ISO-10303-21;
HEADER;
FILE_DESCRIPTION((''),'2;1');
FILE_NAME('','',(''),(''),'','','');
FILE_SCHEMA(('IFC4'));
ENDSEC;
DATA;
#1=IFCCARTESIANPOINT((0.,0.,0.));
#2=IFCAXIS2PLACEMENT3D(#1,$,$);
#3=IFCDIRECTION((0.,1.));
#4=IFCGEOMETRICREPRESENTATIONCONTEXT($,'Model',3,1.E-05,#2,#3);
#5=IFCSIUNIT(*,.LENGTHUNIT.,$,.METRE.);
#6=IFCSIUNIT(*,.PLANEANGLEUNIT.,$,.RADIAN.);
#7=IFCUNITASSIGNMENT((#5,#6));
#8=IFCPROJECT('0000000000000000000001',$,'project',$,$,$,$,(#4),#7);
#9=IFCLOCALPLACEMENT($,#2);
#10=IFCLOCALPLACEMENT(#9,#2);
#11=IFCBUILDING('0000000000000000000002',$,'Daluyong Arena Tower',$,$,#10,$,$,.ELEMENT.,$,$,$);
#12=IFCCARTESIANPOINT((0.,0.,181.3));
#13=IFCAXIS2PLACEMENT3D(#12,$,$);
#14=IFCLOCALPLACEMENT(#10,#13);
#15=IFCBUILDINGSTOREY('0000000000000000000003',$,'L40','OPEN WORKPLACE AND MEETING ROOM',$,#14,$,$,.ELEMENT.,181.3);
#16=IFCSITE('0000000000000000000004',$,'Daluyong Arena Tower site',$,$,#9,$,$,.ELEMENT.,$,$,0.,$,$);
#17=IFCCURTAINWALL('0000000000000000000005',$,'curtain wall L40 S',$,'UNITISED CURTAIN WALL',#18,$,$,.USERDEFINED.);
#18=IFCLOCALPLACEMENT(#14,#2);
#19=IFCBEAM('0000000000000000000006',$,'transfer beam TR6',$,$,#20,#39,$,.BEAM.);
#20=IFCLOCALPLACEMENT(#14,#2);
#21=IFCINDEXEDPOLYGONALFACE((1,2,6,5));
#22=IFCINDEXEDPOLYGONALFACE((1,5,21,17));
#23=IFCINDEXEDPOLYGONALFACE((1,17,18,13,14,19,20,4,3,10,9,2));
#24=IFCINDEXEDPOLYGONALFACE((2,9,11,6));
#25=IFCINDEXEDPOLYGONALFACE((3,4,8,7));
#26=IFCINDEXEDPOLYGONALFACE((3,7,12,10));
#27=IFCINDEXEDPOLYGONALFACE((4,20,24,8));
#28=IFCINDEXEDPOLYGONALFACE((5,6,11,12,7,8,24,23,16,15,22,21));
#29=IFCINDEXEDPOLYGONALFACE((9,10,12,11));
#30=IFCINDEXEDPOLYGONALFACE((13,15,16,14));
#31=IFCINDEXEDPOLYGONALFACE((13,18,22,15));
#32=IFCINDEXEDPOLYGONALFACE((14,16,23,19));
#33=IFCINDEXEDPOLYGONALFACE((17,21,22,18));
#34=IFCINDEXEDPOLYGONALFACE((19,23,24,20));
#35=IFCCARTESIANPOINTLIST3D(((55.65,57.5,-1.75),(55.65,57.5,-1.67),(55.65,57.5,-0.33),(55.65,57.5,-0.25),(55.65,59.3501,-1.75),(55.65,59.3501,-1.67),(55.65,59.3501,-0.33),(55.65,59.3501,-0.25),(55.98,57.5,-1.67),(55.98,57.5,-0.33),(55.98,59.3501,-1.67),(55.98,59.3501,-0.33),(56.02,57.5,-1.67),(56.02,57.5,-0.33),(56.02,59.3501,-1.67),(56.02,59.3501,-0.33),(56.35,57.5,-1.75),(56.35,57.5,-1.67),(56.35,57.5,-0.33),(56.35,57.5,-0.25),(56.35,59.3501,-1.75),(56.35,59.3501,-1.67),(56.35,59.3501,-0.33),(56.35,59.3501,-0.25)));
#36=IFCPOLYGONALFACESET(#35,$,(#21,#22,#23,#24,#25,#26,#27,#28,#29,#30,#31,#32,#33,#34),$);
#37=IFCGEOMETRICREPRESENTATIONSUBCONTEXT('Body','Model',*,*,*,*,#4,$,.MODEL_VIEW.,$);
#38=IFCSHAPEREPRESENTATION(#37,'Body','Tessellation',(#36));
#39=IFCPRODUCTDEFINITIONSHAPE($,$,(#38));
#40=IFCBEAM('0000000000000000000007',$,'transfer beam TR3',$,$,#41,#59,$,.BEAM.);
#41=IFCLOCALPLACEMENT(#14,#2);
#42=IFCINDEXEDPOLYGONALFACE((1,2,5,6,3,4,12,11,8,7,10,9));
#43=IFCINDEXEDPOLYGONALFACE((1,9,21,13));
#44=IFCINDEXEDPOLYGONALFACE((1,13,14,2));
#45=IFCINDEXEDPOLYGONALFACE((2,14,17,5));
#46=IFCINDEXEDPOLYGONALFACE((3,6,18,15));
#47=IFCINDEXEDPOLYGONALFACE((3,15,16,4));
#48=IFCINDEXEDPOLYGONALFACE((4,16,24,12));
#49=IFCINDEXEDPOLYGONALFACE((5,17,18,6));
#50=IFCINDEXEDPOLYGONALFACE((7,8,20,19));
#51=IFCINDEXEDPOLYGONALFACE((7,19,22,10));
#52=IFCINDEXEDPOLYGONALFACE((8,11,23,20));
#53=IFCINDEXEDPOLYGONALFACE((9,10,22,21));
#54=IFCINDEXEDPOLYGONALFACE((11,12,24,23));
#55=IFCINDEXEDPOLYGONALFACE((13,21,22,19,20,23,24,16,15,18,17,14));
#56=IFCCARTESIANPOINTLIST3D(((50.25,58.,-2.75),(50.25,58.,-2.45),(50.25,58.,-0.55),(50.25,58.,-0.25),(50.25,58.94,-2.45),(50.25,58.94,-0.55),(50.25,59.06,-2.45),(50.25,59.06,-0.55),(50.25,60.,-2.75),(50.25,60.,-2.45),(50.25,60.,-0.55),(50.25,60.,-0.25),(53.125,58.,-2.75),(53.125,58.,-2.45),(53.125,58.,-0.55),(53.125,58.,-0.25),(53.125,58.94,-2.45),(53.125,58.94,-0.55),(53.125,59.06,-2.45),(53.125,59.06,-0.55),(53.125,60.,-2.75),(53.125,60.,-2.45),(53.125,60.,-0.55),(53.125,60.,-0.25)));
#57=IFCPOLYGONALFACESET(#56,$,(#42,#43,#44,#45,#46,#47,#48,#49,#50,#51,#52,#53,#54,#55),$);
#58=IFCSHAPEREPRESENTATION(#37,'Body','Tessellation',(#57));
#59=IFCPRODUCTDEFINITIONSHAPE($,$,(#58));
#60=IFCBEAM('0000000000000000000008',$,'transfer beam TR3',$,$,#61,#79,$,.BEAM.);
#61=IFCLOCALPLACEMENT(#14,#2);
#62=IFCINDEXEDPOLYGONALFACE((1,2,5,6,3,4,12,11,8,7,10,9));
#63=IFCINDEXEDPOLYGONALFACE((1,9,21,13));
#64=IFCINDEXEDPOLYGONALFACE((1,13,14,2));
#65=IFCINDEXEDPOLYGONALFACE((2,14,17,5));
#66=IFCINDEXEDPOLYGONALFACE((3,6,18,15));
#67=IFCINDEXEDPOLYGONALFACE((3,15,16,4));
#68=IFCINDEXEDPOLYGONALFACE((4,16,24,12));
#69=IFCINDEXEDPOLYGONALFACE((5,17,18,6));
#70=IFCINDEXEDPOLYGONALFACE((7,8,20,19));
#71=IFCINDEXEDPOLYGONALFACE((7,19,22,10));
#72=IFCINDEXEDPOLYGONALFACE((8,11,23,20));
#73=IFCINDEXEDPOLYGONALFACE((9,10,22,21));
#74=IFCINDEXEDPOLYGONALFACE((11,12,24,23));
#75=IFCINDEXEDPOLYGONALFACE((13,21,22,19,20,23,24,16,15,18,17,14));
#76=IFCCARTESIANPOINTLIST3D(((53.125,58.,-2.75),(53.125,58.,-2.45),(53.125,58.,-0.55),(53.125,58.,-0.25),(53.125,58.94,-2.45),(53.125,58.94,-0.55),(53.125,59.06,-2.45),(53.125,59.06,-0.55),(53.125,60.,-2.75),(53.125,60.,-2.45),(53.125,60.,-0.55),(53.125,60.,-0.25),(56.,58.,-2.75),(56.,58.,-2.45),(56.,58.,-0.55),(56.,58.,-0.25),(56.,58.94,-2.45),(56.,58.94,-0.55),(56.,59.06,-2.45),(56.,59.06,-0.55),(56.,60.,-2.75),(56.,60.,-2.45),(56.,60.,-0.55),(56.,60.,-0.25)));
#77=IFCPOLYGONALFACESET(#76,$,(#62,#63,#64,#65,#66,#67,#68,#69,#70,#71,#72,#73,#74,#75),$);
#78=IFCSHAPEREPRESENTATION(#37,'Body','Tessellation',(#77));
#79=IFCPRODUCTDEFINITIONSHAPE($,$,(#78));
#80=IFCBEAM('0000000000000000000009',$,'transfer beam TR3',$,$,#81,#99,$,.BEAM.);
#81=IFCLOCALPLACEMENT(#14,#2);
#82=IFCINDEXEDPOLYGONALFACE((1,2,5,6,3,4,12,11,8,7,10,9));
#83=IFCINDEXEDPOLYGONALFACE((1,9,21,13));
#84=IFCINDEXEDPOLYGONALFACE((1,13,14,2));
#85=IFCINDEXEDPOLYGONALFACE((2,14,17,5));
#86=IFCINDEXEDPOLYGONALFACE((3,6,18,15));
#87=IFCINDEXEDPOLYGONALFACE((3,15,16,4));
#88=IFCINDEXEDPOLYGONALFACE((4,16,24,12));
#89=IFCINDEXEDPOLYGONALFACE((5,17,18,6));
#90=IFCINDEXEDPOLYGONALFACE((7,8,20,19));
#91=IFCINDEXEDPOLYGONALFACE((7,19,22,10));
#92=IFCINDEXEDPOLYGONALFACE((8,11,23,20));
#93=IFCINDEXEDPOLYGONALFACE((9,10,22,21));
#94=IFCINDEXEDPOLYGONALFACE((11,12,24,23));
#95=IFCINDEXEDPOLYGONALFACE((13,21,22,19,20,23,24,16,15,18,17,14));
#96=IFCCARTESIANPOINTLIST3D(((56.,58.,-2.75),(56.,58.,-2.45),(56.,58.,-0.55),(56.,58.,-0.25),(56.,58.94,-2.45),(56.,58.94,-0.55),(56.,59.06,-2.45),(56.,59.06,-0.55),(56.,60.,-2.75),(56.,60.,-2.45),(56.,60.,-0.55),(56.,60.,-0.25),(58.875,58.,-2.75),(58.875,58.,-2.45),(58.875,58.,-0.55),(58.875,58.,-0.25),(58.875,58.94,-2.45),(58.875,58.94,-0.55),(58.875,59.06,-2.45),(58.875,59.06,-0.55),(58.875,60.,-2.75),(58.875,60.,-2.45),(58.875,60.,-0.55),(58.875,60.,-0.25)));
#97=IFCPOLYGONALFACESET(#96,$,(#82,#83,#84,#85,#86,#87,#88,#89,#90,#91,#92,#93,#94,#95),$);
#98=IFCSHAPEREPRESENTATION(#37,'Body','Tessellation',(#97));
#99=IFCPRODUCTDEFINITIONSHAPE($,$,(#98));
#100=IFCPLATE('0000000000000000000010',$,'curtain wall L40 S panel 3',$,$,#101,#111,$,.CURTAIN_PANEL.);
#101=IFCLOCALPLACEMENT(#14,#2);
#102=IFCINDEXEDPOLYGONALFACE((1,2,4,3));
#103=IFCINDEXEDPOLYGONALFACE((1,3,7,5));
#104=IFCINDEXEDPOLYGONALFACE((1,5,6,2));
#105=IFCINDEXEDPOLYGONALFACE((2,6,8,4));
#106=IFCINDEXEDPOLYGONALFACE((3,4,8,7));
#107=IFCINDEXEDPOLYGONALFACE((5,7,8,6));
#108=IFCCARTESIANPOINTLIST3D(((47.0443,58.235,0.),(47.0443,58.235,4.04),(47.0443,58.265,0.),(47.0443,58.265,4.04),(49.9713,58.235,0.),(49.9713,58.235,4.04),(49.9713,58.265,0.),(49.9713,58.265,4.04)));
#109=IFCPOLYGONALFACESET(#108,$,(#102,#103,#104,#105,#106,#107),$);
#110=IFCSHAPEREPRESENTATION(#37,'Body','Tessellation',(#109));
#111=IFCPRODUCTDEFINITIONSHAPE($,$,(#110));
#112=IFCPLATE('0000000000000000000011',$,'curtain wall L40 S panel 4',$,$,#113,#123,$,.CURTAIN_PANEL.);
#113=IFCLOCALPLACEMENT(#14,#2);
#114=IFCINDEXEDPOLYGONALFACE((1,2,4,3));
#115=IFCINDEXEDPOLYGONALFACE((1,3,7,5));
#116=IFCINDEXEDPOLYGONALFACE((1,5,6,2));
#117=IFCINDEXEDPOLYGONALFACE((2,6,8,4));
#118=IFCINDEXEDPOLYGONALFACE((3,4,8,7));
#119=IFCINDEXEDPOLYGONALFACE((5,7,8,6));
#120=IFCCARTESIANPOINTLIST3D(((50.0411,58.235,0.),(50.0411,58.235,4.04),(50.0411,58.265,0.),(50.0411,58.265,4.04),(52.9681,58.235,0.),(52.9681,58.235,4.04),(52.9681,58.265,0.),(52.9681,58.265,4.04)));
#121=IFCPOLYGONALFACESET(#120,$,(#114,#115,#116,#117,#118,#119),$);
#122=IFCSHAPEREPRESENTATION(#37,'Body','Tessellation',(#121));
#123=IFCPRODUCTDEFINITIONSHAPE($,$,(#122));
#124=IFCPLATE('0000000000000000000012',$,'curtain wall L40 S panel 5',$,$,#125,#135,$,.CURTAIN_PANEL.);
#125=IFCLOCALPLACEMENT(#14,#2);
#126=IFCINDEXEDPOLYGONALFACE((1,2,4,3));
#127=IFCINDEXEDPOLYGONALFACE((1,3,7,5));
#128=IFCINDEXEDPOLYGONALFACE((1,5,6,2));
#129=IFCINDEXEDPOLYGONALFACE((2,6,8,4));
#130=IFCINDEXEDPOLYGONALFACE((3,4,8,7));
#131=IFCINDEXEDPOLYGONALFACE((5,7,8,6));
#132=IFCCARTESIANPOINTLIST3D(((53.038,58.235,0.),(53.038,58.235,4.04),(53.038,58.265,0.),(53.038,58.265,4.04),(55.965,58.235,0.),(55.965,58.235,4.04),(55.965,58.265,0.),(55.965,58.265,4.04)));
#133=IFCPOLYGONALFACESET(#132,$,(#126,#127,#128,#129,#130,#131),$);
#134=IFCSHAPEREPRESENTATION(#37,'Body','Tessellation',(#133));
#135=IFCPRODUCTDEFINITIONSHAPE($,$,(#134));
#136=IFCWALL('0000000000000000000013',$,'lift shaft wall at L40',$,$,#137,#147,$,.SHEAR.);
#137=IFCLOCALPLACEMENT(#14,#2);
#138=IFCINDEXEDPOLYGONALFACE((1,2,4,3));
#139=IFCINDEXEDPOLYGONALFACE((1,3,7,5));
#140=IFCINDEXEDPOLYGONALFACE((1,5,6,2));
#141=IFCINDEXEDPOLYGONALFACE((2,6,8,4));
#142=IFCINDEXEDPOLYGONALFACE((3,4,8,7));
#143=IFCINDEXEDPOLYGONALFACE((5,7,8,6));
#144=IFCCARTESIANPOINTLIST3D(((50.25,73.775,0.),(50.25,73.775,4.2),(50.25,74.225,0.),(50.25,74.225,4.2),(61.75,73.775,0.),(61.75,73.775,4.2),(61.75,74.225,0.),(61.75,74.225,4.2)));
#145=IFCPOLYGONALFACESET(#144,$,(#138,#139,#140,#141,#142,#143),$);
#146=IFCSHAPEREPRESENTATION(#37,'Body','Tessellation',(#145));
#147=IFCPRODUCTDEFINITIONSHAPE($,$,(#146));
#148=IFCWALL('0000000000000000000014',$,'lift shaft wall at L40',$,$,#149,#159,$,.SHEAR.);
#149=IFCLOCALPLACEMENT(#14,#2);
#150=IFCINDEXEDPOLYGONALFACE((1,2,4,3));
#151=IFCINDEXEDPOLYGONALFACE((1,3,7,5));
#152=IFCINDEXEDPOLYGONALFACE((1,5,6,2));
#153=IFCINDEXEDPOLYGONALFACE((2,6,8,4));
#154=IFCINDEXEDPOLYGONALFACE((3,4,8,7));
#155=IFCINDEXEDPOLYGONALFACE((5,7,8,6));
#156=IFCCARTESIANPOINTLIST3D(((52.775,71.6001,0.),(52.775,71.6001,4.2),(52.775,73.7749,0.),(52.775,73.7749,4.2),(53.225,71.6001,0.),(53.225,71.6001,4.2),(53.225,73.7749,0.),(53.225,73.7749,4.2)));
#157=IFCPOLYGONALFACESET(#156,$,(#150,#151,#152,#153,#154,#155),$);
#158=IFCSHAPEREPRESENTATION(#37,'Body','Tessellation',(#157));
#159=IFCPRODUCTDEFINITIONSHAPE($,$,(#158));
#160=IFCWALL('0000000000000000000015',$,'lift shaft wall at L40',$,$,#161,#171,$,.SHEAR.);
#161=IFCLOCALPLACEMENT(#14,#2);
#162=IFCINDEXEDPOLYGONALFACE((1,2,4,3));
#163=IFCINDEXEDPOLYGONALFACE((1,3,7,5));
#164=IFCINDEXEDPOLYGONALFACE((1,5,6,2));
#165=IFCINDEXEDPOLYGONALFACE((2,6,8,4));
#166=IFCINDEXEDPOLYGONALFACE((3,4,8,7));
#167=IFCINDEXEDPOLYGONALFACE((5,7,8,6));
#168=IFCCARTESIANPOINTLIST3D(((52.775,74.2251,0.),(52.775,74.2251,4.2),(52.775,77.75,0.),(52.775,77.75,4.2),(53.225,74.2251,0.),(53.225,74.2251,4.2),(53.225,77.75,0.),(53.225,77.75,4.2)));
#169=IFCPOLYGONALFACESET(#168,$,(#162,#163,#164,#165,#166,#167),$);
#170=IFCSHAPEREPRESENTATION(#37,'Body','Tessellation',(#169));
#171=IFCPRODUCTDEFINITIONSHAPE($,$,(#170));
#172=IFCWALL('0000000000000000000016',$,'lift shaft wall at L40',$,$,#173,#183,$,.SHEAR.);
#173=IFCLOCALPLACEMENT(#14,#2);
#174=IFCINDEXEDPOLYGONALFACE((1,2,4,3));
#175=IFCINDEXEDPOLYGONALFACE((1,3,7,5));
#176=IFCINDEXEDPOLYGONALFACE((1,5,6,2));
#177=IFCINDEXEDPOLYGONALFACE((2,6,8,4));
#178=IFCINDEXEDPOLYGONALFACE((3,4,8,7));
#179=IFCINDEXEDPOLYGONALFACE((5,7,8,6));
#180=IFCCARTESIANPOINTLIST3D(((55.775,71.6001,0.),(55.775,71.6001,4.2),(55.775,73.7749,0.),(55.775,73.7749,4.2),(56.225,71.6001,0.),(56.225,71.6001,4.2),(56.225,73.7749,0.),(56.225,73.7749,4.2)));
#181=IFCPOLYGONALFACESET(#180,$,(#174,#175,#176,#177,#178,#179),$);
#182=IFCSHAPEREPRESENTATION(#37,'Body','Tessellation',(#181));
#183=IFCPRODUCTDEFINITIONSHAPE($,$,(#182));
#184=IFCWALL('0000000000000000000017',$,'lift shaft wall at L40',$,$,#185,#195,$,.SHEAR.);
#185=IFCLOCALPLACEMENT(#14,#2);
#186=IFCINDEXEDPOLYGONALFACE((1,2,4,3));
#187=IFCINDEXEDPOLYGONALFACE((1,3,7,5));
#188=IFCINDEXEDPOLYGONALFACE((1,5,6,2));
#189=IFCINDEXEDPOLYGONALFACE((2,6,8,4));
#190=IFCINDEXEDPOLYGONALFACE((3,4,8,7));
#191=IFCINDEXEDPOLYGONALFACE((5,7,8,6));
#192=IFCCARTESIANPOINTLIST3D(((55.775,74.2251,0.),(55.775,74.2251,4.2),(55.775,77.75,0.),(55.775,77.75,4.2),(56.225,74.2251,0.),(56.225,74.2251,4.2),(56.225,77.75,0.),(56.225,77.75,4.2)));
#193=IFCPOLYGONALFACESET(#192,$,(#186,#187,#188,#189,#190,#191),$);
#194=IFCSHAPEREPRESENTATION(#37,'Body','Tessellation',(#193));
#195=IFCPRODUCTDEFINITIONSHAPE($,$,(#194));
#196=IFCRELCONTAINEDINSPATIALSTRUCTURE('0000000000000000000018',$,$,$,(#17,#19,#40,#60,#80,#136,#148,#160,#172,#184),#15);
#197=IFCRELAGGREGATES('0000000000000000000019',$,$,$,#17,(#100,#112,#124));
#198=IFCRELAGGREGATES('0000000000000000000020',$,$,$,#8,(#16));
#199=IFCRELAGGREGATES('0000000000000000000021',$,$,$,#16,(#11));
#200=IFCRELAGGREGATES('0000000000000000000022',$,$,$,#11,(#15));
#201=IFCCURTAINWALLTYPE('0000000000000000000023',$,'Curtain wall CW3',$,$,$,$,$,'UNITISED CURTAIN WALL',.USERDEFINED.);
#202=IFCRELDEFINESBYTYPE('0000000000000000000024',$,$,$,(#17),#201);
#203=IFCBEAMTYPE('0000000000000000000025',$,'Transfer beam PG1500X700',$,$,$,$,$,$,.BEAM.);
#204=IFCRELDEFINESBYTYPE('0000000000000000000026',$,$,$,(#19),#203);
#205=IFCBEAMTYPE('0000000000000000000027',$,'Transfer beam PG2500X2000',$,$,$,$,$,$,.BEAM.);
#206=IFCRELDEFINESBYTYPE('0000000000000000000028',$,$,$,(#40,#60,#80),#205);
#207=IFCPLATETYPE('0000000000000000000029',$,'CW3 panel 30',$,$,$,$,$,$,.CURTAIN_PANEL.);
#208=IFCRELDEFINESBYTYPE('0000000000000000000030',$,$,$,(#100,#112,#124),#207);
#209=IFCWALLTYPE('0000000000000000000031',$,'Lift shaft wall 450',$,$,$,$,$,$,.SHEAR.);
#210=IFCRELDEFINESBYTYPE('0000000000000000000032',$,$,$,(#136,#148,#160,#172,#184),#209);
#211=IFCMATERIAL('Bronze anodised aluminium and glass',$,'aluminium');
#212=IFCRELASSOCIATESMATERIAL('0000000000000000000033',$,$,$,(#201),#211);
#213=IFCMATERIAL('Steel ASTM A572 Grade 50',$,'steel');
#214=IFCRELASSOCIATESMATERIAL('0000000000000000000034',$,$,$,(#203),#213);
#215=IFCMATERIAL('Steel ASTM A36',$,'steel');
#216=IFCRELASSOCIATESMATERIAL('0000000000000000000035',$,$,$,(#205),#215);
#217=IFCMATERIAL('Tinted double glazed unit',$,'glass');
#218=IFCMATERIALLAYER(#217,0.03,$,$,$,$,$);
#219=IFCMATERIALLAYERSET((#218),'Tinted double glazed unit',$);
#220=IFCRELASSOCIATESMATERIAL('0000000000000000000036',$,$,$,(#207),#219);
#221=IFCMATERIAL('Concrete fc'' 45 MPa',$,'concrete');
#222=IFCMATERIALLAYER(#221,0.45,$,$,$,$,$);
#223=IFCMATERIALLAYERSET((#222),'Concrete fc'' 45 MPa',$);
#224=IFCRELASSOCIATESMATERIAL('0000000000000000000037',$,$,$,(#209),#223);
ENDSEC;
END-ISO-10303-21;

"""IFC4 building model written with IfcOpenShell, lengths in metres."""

from ifc_helpers import new_model, si_unit, direction, frame, frame_2d, origin, origin_2d, place, context, subcontext, project, spatial, rectangle, i_section, extrude, material, layer, layer_set, material_profile, profile_set, type_object, element, aggregate, save


model = new_model("IFC4")

# Units and contexts
model_context = context("Model", 3, precision=1e-05, world=origin(), true_north=direction((0.0, 1.0)))
body_context = subcontext(model_context, "Body", "Model", "MODEL_VIEW")
ifc_project = project(units=[si_unit("LENGTHUNIT", "METRE"), si_unit("PLANEANGLEUNIT", "RADIAN")], contexts=[model_context])

# Site, building, storey
site_placement = place(None, origin())
site = spatial("IfcSite", under=ifc_project, at=site_placement, Name="Daluyong Arena Tower site", CompositionType="ELEMENT", RefElevation=0.0)
building_placement = place(site_placement, origin())
building = spatial("IfcBuilding", under=site, at=building_placement, Name="Daluyong Arena Tower", CompositionType="ELEMENT")
storey_placement = place(building_placement, frame((0.0, 0.0, 181.3)))
storey = spatial("IfcBuildingStorey", under=building, at=storey_placement, Name="L40", Description="OPEN WORKPLACE AND MEETING ROOM", CompositionType="ELEMENT", Elevation=181.3)

# Curtain wall
ifc_material_1 = material(Name="Bronze anodised aluminium and glass", Category="aluminium")
curtain_wall_type = type_object("IfcCurtainWallType", Name="Curtain wall CW3", ElementType="UNITISED CURTAIN WALL", PredefinedType="USERDEFINED", material=ifc_material_1)
curtain_wall_placement = place(storey_placement, origin())
curtain_wall = element("IfcCurtainWall", 1, at=curtain_wall_placement, inside=storey, type_object=curtain_wall_type, Name="curtain wall L40 S", ObjectType="UNITISED CURTAIN WALL", PredefinedType="USERDEFINED")

# Beams
ifc_material_2 = material(Name="Steel ASTM A572 Grade 50", Category="steel")
ifc_material_profile_1 = material_profile(ifc_material_2, i_section(OverallWidth=0.7, OverallDepth=1.5, WebThickness=0.04, FlangeThickness=0.08, at=origin_2d()))
ifc_profile_set_1 = profile_set([ifc_material_profile_1], Name="Steel ASTM A572 Grade 50")
beam_type_1 = type_object("IfcBeamType", Name="Transfer beam PG1500X700", PredefinedType="BEAM", material=ifc_profile_set_1)
for number, where, z_axis, x_axis, name in (
    (2, (56.0, 57.5, -1.0), (0.0, 1.0, 0.0), (-1.0, 0.0, 0.0), "transfer beam TR6"),
):
    element("IfcBeam", number, at=place(storey_placement, frame(where, z_axis=z_axis, x_axis=x_axis)), inside=storey, type_object=beam_type_1, Name=name, PredefinedType="BEAM", context=body_context, shape_type="SweptSolid", body=[
        extrude(i_section(OverallWidth=0.7, OverallDepth=1.5, WebThickness=0.04, FlangeThickness=0.08, at=origin_2d()), origin(), (0.0, 0.0, 1.0), 1.8501),
    ])
ifc_material_3 = material(Name="Steel ASTM A36", Category="steel")
ifc_material_profile_2 = material_profile(ifc_material_3, i_section(OverallWidth=2.0, OverallDepth=2.5, WebThickness=0.12, FlangeThickness=0.3, at=origin_2d()))
ifc_profile_set_2 = profile_set([ifc_material_profile_2], Name="Steel ASTM A36")
beam_type_2 = type_object("IfcBeamType", Name="Transfer beam PG2500X2000", PredefinedType="BEAM", material=ifc_profile_set_2)
for number, where, z_axis, x_axis, name in (
    (3, (50.25, 59.0, -1.5), (1.0, 0.0, 0.0), (0.0, 1.0, 0.0), "transfer beam TR3"),
    (4, (53.125, 59.0, -1.5), (1.0, 0.0, 0.0), (0.0, 1.0, 0.0), "transfer beam TR3"),
    (5, (56.0, 59.0, -1.5), (1.0, 0.0, 0.0), (0.0, 1.0, 0.0), "transfer beam TR3"),
):
    element("IfcBeam", number, at=place(storey_placement, frame(where, z_axis=z_axis, x_axis=x_axis)), inside=storey, type_object=beam_type_2, Name=name, PredefinedType="BEAM", context=body_context, shape_type="SweptSolid", body=[
        extrude(i_section(OverallWidth=2.0, OverallDepth=2.5, WebThickness=0.12, FlangeThickness=0.3, at=origin_2d()), origin(), (0.0, 0.0, 1.0), 2.875),
    ])

# Plates
ifc_material_4 = material(Name="Tinted double glazed unit", Category="glass")
ifc_layer_1 = layer(ifc_material_4, 0.03)
ifc_layer_set_1 = layer_set([ifc_layer_1], Name="Tinted double glazed unit")
plate_type = type_object("IfcPlateType", Name="CW3 panel 30", PredefinedType="CURTAIN_PANEL", material=ifc_layer_set_1)
plate_1_placement = place(storey_placement, frame((48.5078, 58.25, 0.0), z_axis=(0.0, 0.0, 1.0), x_axis=(1.0, 0.0, 0.0)))
plate_1 = element("IfcPlate", 6, at=plate_1_placement, type_object=plate_type, Name="curtain wall L40 S panel 3", PredefinedType="CURTAIN_PANEL", context=body_context, shape_type="SweptSolid", body=[
    extrude(rectangle(XDim=2.927, YDim=0.03, at=origin_2d()), origin(), (0.0, 0.0, 1.0), 4.04),
])
plate_2_placement = place(storey_placement, frame((51.5046, 58.25, 0.0), z_axis=(0.0, 0.0, 1.0), x_axis=(1.0, 0.0, 0.0)))
plate_2 = element("IfcPlate", 7, at=plate_2_placement, type_object=plate_type, Name="curtain wall L40 S panel 4", PredefinedType="CURTAIN_PANEL", context=body_context, shape_type="SweptSolid", body=[
    extrude(rectangle(XDim=2.927, YDim=0.03, at=origin_2d()), origin(), (0.0, 0.0, 1.0), 4.04),
])
plate_3_placement = place(storey_placement, frame((54.5015, 58.25, 0.0), z_axis=(0.0, 0.0, 1.0), x_axis=(1.0, 0.0, 0.0)))
plate_3 = element("IfcPlate", 8, at=plate_3_placement, type_object=plate_type, Name="curtain wall L40 S panel 5", PredefinedType="CURTAIN_PANEL", context=body_context, shape_type="SweptSolid", body=[
    extrude(rectangle(XDim=2.927, YDim=0.03, at=origin_2d()), origin(), (0.0, 0.0, 1.0), 4.04),
])
aggregate(curtain_wall, [plate_1, plate_2, plate_3])

# Walls
ifc_material_5 = material(Name="Concrete fc' 45 MPa", Category="concrete")
ifc_layer_2 = layer(ifc_material_5, 0.45)
ifc_layer_set_2 = layer_set([ifc_layer_2], Name="Concrete fc' 45 MPa")
wall_type_1 = type_object("IfcWallType", Name="Lift shaft wall 450", PredefinedType="SHEAR", material=ifc_layer_set_2)
wall_1_placement = place(storey_placement, frame((50.25, 74.0, 0.0), z_axis=(0.0, 0.0, 1.0), x_axis=(1.0, 0.0, 0.0)))
element("IfcWall", 9, at=wall_1_placement, inside=storey, type_object=wall_type_1, Name="lift shaft wall at L40", PredefinedType="SHEAR", context=body_context, shape_type="SweptSolid", body=[
    extrude(rectangle(XDim=11.5, YDim=0.45, at=frame_2d((5.75, 0.0))), origin(), (0.0, 0.0, 1.0), 4.2),
])
wall_2_placement = place(storey_placement, frame((53.0, 71.6001, 0.0), z_axis=(0.0, 0.0, 1.0), x_axis=(0.0, 1.0, 0.0)))
element("IfcWall", 10, at=wall_2_placement, inside=storey, type_object=wall_type_1, Name="lift shaft wall at L40", PredefinedType="SHEAR", context=body_context, shape_type="SweptSolid", body=[
    extrude(rectangle(XDim=2.1748, YDim=0.45, at=frame_2d((1.0874, 0.0))), origin(), (0.0, 0.0, 1.0), 4.2),
])
wall_3_placement = place(storey_placement, frame((53.0, 74.2251, 0.0), z_axis=(0.0, 0.0, 1.0), x_axis=(0.0, 1.0, 0.0)))
element("IfcWall", 11, at=wall_3_placement, inside=storey, type_object=wall_type_1, Name="lift shaft wall at L40", PredefinedType="SHEAR", context=body_context, shape_type="SweptSolid", body=[
    extrude(rectangle(XDim=3.5249, YDim=0.45, at=frame_2d((1.7625, 0.0))), origin(), (0.0, 0.0, 1.0), 4.2),
])
wall_4_placement = place(storey_placement, frame((56.0, 71.6001, 0.0), z_axis=(0.0, 0.0, 1.0), x_axis=(0.0, 1.0, 0.0)))
element("IfcWall", 12, at=wall_4_placement, inside=storey, type_object=wall_type_1, Name="lift shaft wall at L40", PredefinedType="SHEAR", context=body_context, shape_type="SweptSolid", body=[
    extrude(rectangle(XDim=2.1748, YDim=0.45, at=frame_2d((1.0874, 0.0))), origin(), (0.0, 0.0, 1.0), 4.2),
])
wall_5_placement = place(storey_placement, frame((56.0, 74.2251, 0.0), z_axis=(0.0, 0.0, 1.0), x_axis=(0.0, 1.0, 0.0)))
element("IfcWall", 13, at=wall_5_placement, inside=storey, type_object=wall_type_1, Name="lift shaft wall at L40", PredefinedType="SHEAR", context=body_context, shape_type="SweptSolid", body=[
    extrude(rectangle(XDim=3.5249, YDim=0.45, at=frame_2d((1.7625, 0.0))), origin(), (0.0, 0.0, 1.0), 4.2),
])

save(model, "model.ifc")
